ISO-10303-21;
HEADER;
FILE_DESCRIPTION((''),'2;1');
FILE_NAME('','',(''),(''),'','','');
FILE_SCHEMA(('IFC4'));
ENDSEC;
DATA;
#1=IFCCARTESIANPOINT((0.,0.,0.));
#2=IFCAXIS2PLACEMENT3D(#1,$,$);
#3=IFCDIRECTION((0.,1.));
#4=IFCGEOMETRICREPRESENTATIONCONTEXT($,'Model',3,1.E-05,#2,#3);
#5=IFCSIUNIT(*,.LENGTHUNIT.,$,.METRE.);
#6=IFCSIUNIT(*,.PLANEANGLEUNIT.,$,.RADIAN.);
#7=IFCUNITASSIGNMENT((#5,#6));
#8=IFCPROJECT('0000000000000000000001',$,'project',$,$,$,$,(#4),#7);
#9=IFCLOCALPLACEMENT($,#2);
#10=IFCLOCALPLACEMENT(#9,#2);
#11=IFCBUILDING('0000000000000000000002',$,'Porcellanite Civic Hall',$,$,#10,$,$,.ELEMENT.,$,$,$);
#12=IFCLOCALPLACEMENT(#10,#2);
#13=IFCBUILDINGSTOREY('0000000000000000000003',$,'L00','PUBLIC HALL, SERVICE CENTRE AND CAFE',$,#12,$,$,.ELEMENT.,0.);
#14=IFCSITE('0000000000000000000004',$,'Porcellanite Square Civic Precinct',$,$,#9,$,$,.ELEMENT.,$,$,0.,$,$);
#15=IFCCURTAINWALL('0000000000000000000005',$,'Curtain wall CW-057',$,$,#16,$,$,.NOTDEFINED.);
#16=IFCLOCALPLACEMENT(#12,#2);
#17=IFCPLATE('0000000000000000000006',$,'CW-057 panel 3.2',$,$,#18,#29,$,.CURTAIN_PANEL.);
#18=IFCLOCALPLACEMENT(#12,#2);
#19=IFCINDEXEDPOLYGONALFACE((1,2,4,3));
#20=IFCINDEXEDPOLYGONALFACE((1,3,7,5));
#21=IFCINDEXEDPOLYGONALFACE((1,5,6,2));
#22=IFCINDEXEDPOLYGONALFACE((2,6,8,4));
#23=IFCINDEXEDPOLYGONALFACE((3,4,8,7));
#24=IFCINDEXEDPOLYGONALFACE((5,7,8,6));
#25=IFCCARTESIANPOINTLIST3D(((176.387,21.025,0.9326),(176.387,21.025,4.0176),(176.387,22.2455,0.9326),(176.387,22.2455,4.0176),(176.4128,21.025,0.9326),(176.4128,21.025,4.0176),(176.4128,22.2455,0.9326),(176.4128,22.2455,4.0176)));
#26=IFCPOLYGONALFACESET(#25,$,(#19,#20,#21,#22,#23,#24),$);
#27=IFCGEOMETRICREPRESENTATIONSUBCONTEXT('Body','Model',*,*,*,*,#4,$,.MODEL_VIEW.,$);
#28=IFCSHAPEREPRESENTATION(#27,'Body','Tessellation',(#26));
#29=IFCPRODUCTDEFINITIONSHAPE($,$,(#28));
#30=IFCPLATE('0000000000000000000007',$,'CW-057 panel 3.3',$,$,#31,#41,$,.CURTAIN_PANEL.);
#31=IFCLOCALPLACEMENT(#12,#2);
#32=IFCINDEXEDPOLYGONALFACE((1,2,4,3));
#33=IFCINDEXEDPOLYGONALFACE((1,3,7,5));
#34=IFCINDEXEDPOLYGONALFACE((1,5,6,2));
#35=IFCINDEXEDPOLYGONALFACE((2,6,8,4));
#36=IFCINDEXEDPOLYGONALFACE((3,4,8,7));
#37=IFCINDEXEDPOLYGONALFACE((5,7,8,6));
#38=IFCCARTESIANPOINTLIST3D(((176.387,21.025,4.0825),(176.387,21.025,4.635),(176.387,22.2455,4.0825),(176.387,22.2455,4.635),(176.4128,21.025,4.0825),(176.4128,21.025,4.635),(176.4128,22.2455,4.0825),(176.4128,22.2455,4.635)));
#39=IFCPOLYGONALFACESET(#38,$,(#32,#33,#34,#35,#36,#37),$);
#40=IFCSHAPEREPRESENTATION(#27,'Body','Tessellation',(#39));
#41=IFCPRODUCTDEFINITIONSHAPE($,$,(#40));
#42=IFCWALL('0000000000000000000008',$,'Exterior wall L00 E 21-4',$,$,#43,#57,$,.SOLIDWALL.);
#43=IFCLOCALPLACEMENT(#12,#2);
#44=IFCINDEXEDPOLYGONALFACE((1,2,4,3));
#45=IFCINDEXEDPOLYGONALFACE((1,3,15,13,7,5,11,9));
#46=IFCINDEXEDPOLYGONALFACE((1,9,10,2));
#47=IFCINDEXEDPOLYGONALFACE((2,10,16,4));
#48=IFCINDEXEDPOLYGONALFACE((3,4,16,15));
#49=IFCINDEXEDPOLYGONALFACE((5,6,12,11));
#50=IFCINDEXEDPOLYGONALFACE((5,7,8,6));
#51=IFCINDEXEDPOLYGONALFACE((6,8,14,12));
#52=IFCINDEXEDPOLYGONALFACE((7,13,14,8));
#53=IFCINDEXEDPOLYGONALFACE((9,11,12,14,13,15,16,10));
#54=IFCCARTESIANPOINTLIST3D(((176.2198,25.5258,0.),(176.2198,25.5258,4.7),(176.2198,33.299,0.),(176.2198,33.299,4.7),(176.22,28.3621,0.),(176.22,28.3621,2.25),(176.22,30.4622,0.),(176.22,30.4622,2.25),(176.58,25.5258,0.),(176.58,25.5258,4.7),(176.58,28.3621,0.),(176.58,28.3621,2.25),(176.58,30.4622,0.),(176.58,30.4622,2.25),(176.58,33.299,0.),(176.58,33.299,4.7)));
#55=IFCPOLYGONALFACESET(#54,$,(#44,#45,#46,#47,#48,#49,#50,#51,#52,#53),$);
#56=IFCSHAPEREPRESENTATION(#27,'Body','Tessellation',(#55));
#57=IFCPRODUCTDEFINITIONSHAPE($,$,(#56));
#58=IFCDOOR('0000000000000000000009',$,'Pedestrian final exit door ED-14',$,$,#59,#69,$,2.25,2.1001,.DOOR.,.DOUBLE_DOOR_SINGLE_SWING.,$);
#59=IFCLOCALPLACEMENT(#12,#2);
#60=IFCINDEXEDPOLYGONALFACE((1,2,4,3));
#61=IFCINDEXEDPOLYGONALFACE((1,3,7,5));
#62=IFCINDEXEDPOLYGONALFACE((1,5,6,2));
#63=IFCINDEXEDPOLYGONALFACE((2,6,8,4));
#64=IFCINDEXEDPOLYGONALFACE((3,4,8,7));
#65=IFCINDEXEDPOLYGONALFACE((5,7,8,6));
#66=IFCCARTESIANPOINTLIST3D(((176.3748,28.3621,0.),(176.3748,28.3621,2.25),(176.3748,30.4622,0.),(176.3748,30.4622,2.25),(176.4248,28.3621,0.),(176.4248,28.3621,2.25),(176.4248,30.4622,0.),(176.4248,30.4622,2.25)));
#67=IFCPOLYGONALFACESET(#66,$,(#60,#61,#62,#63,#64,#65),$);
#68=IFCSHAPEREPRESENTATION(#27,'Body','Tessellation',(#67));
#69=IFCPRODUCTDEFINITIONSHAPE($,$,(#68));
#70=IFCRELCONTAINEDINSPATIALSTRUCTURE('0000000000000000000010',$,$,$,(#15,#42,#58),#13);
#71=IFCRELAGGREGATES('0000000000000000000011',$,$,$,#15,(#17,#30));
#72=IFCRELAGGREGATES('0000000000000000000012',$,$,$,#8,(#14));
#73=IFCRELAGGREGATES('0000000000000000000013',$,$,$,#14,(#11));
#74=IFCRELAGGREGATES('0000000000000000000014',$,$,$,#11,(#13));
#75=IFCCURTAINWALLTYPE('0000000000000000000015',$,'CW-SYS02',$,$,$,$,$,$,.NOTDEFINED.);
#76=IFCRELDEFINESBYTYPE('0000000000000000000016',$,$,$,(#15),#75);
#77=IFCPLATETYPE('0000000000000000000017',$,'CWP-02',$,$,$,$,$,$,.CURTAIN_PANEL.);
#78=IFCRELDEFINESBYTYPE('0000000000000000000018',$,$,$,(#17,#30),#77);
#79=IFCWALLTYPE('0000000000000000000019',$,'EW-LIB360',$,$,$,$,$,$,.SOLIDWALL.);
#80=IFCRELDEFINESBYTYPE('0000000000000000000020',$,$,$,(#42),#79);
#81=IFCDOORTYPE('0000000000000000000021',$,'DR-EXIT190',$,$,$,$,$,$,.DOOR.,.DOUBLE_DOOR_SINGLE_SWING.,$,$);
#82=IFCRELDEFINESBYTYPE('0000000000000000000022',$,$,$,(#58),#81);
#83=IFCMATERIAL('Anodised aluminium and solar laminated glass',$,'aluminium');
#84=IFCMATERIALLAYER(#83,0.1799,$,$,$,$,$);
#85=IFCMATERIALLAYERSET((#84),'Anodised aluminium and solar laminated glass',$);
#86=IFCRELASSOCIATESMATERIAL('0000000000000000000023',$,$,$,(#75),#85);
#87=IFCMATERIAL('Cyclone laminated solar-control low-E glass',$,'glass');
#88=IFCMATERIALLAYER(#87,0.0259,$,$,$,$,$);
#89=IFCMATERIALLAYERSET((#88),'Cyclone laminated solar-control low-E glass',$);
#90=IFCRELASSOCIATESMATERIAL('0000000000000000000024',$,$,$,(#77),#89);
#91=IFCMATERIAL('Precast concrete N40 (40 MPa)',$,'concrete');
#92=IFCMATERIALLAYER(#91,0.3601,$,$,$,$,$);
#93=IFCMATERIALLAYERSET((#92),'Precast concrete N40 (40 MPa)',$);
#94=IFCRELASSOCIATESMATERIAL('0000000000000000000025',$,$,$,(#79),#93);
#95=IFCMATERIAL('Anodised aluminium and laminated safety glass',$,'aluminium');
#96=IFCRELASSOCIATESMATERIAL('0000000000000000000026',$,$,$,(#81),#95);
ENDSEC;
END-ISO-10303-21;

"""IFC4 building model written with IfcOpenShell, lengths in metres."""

from ifc_helpers import new_model, si_unit, direction, frame, frame_2d, origin, origin_2d, place, context, subcontext, project, spatial, rectangle, extrude, material, layer, layer_set, type_object, element, fill, aggregate, save


model = new_model("IFC4")

# Units and contexts
model_context = context("Model", 3, precision=1e-05, world=origin(), true_north=direction((0.0, 1.0)))
body_context = subcontext(model_context, "Body", "Model", "MODEL_VIEW")
ifc_project = project(units=[si_unit("LENGTHUNIT", "METRE"), si_unit("PLANEANGLEUNIT", "RADIAN")], contexts=[model_context])

# Site, building, storey
site_placement = place(None, origin())
site = spatial("IfcSite", under=ifc_project, at=site_placement, Name="Porcellanite Square Civic Precinct", CompositionType="ELEMENT", RefElevation=0.0)
building_placement = place(site_placement, origin())
building = spatial("IfcBuilding", under=site, at=building_placement, Name="Porcellanite Civic Hall", CompositionType="ELEMENT")
storey_placement = place(building_placement, origin())
storey = spatial("IfcBuildingStorey", under=building, at=storey_placement, Name="L00", Description="PUBLIC HALL, SERVICE CENTRE AND CAFE", CompositionType="ELEMENT", Elevation=0.0)

# Curtain wall
ifc_material_1 = material(Name="Anodised aluminium and solar laminated glass", Category="aluminium")
ifc_layer_1 = layer(ifc_material_1, 0.1799)
ifc_layer_set_1 = layer_set([ifc_layer_1], Name="Anodised aluminium and solar laminated glass")
curtain_wall_type = type_object("IfcCurtainWallType", Name="CW-SYS02", PredefinedType="NOTDEFINED", material=ifc_layer_set_1)
curtain_wall_placement = place(storey_placement, origin())
curtain_wall = element("IfcCurtainWall", 1, at=curtain_wall_placement, inside=storey, type_object=curtain_wall_type, Name="Curtain wall CW-057", PredefinedType="NOTDEFINED")

# Plates
ifc_material_2 = material(Name="Cyclone laminated solar-control low-E glass", Category="glass")
ifc_layer_2 = layer(ifc_material_2, 0.0259)
ifc_layer_set_2 = layer_set([ifc_layer_2], Name="Cyclone laminated solar-control low-E glass")
plate_type = type_object("IfcPlateType", Name="CWP-02", PredefinedType="CURTAIN_PANEL", material=ifc_layer_set_2)
plate_1_placement = place(storey_placement, frame((176.3999, 21.6353, 0.9326), z_axis=(0.0, 0.0, 1.0), x_axis=(0.0, -1.0, 0.0)))
plate_1 = element("IfcPlate", 2, at=plate_1_placement, type_object=plate_type, Name="CW-057 panel 3.2", PredefinedType="CURTAIN_PANEL", context=body_context, shape_type="SweptSolid", body=[
    extrude(rectangle(XDim=1.2205, YDim=0.0259, at=origin_2d()), origin(), (0.0, 0.0, 1.0), 3.085),
])
plate_2_placement = place(storey_placement, frame((176.3999, 21.6353, 4.0825), z_axis=(0.0, 0.0, 1.0), x_axis=(0.0, -1.0, 0.0)))
plate_2 = element("IfcPlate", 3, at=plate_2_placement, type_object=plate_type, Name="CW-057 panel 3.3", PredefinedType="CURTAIN_PANEL", context=body_context, shape_type="SweptSolid", body=[
    extrude(rectangle(XDim=1.2205, YDim=0.0259, at=origin_2d()), origin(), (0.0, 0.0, 1.0), 0.5525),
])
aggregate(curtain_wall, [plate_1, plate_2])

# Wall, opening, door
ifc_material_3 = material(Name="Precast concrete N40 (40 MPa)", Category="concrete")
ifc_layer_3 = layer(ifc_material_3, 0.3601)
ifc_layer_set_3 = layer_set([ifc_layer_3], Name="Precast concrete N40 (40 MPa)")
wall_type = type_object("IfcWallType", Name="EW-LIB360", PredefinedType="SOLIDWALL", material=ifc_layer_set_3)
wall_placement = place(storey_placement, frame((176.3999, 33.2991, 0.0), z_axis=(0.0, 0.0, 1.0), x_axis=(0.0, -1.0, 0.0)))
wall = element("IfcWall", 4, at=wall_placement, inside=storey, type_object=wall_type, Name="Exterior wall L00 E 21-4", PredefinedType="SOLIDWALL", context=body_context, shape_type="SweptSolid", body=[
    extrude(rectangle(XDim=7.7732, YDim=0.3601, at=frame_2d((3.8867, 0.0))), origin(), (0.0, 0.0, 1.0), 4.7),
])
opening_placement = place(wall_placement, frame((2.8369, 0.0, 0.0)))
opening = element("IfcOpeningElement", 5, at=opening_placement, cuts=wall, PredefinedType="OPENING", context=body_context, shape_type="SweptSolid", body=[
    extrude(rectangle(XDim=2.1001, YDim=2.25, at=frame_2d((1.05, 1.125))), frame((0.0, 0.1802, 0.0), z_axis=(0.0, -1.0, 0.0), x_axis=(1.0, 0.0, 0.0)), (0.0, 0.0, 1.0), 0.3601),
])
ifc_material_4 = material(Name="Anodised aluminium and laminated safety glass", Category="aluminium")
door_type = type_object("IfcDoorType", Name="DR-EXIT190", OperationType="DOUBLE_DOOR_SINGLE_SWING", PredefinedType="DOOR", material=ifc_material_4)
door_placement = place(opening_placement, origin())
door = element("IfcDoor", 6, at=door_placement, inside=storey, type_object=door_type, Name="Pedestrian final exit door ED-14", OperationType="DOUBLE_DOOR_SINGLE_SWING", OverallHeight=2.25, OverallWidth=2.1001, PredefinedType="DOOR", context=body_context, shape_type="SweptSolid", body=[
    extrude(rectangle(XDim=2.1001, YDim=2.25, at=frame_2d((1.05, 1.125))), frame((0.0, 0.0249, 0.0), z_axis=(0.0, -1.0, 0.0), x_axis=(1.0, 0.0, 0.0)), (0.0, 0.0, 1.0), 0.05),
])
fill(opening, door)

save(model, "model.ifc")
